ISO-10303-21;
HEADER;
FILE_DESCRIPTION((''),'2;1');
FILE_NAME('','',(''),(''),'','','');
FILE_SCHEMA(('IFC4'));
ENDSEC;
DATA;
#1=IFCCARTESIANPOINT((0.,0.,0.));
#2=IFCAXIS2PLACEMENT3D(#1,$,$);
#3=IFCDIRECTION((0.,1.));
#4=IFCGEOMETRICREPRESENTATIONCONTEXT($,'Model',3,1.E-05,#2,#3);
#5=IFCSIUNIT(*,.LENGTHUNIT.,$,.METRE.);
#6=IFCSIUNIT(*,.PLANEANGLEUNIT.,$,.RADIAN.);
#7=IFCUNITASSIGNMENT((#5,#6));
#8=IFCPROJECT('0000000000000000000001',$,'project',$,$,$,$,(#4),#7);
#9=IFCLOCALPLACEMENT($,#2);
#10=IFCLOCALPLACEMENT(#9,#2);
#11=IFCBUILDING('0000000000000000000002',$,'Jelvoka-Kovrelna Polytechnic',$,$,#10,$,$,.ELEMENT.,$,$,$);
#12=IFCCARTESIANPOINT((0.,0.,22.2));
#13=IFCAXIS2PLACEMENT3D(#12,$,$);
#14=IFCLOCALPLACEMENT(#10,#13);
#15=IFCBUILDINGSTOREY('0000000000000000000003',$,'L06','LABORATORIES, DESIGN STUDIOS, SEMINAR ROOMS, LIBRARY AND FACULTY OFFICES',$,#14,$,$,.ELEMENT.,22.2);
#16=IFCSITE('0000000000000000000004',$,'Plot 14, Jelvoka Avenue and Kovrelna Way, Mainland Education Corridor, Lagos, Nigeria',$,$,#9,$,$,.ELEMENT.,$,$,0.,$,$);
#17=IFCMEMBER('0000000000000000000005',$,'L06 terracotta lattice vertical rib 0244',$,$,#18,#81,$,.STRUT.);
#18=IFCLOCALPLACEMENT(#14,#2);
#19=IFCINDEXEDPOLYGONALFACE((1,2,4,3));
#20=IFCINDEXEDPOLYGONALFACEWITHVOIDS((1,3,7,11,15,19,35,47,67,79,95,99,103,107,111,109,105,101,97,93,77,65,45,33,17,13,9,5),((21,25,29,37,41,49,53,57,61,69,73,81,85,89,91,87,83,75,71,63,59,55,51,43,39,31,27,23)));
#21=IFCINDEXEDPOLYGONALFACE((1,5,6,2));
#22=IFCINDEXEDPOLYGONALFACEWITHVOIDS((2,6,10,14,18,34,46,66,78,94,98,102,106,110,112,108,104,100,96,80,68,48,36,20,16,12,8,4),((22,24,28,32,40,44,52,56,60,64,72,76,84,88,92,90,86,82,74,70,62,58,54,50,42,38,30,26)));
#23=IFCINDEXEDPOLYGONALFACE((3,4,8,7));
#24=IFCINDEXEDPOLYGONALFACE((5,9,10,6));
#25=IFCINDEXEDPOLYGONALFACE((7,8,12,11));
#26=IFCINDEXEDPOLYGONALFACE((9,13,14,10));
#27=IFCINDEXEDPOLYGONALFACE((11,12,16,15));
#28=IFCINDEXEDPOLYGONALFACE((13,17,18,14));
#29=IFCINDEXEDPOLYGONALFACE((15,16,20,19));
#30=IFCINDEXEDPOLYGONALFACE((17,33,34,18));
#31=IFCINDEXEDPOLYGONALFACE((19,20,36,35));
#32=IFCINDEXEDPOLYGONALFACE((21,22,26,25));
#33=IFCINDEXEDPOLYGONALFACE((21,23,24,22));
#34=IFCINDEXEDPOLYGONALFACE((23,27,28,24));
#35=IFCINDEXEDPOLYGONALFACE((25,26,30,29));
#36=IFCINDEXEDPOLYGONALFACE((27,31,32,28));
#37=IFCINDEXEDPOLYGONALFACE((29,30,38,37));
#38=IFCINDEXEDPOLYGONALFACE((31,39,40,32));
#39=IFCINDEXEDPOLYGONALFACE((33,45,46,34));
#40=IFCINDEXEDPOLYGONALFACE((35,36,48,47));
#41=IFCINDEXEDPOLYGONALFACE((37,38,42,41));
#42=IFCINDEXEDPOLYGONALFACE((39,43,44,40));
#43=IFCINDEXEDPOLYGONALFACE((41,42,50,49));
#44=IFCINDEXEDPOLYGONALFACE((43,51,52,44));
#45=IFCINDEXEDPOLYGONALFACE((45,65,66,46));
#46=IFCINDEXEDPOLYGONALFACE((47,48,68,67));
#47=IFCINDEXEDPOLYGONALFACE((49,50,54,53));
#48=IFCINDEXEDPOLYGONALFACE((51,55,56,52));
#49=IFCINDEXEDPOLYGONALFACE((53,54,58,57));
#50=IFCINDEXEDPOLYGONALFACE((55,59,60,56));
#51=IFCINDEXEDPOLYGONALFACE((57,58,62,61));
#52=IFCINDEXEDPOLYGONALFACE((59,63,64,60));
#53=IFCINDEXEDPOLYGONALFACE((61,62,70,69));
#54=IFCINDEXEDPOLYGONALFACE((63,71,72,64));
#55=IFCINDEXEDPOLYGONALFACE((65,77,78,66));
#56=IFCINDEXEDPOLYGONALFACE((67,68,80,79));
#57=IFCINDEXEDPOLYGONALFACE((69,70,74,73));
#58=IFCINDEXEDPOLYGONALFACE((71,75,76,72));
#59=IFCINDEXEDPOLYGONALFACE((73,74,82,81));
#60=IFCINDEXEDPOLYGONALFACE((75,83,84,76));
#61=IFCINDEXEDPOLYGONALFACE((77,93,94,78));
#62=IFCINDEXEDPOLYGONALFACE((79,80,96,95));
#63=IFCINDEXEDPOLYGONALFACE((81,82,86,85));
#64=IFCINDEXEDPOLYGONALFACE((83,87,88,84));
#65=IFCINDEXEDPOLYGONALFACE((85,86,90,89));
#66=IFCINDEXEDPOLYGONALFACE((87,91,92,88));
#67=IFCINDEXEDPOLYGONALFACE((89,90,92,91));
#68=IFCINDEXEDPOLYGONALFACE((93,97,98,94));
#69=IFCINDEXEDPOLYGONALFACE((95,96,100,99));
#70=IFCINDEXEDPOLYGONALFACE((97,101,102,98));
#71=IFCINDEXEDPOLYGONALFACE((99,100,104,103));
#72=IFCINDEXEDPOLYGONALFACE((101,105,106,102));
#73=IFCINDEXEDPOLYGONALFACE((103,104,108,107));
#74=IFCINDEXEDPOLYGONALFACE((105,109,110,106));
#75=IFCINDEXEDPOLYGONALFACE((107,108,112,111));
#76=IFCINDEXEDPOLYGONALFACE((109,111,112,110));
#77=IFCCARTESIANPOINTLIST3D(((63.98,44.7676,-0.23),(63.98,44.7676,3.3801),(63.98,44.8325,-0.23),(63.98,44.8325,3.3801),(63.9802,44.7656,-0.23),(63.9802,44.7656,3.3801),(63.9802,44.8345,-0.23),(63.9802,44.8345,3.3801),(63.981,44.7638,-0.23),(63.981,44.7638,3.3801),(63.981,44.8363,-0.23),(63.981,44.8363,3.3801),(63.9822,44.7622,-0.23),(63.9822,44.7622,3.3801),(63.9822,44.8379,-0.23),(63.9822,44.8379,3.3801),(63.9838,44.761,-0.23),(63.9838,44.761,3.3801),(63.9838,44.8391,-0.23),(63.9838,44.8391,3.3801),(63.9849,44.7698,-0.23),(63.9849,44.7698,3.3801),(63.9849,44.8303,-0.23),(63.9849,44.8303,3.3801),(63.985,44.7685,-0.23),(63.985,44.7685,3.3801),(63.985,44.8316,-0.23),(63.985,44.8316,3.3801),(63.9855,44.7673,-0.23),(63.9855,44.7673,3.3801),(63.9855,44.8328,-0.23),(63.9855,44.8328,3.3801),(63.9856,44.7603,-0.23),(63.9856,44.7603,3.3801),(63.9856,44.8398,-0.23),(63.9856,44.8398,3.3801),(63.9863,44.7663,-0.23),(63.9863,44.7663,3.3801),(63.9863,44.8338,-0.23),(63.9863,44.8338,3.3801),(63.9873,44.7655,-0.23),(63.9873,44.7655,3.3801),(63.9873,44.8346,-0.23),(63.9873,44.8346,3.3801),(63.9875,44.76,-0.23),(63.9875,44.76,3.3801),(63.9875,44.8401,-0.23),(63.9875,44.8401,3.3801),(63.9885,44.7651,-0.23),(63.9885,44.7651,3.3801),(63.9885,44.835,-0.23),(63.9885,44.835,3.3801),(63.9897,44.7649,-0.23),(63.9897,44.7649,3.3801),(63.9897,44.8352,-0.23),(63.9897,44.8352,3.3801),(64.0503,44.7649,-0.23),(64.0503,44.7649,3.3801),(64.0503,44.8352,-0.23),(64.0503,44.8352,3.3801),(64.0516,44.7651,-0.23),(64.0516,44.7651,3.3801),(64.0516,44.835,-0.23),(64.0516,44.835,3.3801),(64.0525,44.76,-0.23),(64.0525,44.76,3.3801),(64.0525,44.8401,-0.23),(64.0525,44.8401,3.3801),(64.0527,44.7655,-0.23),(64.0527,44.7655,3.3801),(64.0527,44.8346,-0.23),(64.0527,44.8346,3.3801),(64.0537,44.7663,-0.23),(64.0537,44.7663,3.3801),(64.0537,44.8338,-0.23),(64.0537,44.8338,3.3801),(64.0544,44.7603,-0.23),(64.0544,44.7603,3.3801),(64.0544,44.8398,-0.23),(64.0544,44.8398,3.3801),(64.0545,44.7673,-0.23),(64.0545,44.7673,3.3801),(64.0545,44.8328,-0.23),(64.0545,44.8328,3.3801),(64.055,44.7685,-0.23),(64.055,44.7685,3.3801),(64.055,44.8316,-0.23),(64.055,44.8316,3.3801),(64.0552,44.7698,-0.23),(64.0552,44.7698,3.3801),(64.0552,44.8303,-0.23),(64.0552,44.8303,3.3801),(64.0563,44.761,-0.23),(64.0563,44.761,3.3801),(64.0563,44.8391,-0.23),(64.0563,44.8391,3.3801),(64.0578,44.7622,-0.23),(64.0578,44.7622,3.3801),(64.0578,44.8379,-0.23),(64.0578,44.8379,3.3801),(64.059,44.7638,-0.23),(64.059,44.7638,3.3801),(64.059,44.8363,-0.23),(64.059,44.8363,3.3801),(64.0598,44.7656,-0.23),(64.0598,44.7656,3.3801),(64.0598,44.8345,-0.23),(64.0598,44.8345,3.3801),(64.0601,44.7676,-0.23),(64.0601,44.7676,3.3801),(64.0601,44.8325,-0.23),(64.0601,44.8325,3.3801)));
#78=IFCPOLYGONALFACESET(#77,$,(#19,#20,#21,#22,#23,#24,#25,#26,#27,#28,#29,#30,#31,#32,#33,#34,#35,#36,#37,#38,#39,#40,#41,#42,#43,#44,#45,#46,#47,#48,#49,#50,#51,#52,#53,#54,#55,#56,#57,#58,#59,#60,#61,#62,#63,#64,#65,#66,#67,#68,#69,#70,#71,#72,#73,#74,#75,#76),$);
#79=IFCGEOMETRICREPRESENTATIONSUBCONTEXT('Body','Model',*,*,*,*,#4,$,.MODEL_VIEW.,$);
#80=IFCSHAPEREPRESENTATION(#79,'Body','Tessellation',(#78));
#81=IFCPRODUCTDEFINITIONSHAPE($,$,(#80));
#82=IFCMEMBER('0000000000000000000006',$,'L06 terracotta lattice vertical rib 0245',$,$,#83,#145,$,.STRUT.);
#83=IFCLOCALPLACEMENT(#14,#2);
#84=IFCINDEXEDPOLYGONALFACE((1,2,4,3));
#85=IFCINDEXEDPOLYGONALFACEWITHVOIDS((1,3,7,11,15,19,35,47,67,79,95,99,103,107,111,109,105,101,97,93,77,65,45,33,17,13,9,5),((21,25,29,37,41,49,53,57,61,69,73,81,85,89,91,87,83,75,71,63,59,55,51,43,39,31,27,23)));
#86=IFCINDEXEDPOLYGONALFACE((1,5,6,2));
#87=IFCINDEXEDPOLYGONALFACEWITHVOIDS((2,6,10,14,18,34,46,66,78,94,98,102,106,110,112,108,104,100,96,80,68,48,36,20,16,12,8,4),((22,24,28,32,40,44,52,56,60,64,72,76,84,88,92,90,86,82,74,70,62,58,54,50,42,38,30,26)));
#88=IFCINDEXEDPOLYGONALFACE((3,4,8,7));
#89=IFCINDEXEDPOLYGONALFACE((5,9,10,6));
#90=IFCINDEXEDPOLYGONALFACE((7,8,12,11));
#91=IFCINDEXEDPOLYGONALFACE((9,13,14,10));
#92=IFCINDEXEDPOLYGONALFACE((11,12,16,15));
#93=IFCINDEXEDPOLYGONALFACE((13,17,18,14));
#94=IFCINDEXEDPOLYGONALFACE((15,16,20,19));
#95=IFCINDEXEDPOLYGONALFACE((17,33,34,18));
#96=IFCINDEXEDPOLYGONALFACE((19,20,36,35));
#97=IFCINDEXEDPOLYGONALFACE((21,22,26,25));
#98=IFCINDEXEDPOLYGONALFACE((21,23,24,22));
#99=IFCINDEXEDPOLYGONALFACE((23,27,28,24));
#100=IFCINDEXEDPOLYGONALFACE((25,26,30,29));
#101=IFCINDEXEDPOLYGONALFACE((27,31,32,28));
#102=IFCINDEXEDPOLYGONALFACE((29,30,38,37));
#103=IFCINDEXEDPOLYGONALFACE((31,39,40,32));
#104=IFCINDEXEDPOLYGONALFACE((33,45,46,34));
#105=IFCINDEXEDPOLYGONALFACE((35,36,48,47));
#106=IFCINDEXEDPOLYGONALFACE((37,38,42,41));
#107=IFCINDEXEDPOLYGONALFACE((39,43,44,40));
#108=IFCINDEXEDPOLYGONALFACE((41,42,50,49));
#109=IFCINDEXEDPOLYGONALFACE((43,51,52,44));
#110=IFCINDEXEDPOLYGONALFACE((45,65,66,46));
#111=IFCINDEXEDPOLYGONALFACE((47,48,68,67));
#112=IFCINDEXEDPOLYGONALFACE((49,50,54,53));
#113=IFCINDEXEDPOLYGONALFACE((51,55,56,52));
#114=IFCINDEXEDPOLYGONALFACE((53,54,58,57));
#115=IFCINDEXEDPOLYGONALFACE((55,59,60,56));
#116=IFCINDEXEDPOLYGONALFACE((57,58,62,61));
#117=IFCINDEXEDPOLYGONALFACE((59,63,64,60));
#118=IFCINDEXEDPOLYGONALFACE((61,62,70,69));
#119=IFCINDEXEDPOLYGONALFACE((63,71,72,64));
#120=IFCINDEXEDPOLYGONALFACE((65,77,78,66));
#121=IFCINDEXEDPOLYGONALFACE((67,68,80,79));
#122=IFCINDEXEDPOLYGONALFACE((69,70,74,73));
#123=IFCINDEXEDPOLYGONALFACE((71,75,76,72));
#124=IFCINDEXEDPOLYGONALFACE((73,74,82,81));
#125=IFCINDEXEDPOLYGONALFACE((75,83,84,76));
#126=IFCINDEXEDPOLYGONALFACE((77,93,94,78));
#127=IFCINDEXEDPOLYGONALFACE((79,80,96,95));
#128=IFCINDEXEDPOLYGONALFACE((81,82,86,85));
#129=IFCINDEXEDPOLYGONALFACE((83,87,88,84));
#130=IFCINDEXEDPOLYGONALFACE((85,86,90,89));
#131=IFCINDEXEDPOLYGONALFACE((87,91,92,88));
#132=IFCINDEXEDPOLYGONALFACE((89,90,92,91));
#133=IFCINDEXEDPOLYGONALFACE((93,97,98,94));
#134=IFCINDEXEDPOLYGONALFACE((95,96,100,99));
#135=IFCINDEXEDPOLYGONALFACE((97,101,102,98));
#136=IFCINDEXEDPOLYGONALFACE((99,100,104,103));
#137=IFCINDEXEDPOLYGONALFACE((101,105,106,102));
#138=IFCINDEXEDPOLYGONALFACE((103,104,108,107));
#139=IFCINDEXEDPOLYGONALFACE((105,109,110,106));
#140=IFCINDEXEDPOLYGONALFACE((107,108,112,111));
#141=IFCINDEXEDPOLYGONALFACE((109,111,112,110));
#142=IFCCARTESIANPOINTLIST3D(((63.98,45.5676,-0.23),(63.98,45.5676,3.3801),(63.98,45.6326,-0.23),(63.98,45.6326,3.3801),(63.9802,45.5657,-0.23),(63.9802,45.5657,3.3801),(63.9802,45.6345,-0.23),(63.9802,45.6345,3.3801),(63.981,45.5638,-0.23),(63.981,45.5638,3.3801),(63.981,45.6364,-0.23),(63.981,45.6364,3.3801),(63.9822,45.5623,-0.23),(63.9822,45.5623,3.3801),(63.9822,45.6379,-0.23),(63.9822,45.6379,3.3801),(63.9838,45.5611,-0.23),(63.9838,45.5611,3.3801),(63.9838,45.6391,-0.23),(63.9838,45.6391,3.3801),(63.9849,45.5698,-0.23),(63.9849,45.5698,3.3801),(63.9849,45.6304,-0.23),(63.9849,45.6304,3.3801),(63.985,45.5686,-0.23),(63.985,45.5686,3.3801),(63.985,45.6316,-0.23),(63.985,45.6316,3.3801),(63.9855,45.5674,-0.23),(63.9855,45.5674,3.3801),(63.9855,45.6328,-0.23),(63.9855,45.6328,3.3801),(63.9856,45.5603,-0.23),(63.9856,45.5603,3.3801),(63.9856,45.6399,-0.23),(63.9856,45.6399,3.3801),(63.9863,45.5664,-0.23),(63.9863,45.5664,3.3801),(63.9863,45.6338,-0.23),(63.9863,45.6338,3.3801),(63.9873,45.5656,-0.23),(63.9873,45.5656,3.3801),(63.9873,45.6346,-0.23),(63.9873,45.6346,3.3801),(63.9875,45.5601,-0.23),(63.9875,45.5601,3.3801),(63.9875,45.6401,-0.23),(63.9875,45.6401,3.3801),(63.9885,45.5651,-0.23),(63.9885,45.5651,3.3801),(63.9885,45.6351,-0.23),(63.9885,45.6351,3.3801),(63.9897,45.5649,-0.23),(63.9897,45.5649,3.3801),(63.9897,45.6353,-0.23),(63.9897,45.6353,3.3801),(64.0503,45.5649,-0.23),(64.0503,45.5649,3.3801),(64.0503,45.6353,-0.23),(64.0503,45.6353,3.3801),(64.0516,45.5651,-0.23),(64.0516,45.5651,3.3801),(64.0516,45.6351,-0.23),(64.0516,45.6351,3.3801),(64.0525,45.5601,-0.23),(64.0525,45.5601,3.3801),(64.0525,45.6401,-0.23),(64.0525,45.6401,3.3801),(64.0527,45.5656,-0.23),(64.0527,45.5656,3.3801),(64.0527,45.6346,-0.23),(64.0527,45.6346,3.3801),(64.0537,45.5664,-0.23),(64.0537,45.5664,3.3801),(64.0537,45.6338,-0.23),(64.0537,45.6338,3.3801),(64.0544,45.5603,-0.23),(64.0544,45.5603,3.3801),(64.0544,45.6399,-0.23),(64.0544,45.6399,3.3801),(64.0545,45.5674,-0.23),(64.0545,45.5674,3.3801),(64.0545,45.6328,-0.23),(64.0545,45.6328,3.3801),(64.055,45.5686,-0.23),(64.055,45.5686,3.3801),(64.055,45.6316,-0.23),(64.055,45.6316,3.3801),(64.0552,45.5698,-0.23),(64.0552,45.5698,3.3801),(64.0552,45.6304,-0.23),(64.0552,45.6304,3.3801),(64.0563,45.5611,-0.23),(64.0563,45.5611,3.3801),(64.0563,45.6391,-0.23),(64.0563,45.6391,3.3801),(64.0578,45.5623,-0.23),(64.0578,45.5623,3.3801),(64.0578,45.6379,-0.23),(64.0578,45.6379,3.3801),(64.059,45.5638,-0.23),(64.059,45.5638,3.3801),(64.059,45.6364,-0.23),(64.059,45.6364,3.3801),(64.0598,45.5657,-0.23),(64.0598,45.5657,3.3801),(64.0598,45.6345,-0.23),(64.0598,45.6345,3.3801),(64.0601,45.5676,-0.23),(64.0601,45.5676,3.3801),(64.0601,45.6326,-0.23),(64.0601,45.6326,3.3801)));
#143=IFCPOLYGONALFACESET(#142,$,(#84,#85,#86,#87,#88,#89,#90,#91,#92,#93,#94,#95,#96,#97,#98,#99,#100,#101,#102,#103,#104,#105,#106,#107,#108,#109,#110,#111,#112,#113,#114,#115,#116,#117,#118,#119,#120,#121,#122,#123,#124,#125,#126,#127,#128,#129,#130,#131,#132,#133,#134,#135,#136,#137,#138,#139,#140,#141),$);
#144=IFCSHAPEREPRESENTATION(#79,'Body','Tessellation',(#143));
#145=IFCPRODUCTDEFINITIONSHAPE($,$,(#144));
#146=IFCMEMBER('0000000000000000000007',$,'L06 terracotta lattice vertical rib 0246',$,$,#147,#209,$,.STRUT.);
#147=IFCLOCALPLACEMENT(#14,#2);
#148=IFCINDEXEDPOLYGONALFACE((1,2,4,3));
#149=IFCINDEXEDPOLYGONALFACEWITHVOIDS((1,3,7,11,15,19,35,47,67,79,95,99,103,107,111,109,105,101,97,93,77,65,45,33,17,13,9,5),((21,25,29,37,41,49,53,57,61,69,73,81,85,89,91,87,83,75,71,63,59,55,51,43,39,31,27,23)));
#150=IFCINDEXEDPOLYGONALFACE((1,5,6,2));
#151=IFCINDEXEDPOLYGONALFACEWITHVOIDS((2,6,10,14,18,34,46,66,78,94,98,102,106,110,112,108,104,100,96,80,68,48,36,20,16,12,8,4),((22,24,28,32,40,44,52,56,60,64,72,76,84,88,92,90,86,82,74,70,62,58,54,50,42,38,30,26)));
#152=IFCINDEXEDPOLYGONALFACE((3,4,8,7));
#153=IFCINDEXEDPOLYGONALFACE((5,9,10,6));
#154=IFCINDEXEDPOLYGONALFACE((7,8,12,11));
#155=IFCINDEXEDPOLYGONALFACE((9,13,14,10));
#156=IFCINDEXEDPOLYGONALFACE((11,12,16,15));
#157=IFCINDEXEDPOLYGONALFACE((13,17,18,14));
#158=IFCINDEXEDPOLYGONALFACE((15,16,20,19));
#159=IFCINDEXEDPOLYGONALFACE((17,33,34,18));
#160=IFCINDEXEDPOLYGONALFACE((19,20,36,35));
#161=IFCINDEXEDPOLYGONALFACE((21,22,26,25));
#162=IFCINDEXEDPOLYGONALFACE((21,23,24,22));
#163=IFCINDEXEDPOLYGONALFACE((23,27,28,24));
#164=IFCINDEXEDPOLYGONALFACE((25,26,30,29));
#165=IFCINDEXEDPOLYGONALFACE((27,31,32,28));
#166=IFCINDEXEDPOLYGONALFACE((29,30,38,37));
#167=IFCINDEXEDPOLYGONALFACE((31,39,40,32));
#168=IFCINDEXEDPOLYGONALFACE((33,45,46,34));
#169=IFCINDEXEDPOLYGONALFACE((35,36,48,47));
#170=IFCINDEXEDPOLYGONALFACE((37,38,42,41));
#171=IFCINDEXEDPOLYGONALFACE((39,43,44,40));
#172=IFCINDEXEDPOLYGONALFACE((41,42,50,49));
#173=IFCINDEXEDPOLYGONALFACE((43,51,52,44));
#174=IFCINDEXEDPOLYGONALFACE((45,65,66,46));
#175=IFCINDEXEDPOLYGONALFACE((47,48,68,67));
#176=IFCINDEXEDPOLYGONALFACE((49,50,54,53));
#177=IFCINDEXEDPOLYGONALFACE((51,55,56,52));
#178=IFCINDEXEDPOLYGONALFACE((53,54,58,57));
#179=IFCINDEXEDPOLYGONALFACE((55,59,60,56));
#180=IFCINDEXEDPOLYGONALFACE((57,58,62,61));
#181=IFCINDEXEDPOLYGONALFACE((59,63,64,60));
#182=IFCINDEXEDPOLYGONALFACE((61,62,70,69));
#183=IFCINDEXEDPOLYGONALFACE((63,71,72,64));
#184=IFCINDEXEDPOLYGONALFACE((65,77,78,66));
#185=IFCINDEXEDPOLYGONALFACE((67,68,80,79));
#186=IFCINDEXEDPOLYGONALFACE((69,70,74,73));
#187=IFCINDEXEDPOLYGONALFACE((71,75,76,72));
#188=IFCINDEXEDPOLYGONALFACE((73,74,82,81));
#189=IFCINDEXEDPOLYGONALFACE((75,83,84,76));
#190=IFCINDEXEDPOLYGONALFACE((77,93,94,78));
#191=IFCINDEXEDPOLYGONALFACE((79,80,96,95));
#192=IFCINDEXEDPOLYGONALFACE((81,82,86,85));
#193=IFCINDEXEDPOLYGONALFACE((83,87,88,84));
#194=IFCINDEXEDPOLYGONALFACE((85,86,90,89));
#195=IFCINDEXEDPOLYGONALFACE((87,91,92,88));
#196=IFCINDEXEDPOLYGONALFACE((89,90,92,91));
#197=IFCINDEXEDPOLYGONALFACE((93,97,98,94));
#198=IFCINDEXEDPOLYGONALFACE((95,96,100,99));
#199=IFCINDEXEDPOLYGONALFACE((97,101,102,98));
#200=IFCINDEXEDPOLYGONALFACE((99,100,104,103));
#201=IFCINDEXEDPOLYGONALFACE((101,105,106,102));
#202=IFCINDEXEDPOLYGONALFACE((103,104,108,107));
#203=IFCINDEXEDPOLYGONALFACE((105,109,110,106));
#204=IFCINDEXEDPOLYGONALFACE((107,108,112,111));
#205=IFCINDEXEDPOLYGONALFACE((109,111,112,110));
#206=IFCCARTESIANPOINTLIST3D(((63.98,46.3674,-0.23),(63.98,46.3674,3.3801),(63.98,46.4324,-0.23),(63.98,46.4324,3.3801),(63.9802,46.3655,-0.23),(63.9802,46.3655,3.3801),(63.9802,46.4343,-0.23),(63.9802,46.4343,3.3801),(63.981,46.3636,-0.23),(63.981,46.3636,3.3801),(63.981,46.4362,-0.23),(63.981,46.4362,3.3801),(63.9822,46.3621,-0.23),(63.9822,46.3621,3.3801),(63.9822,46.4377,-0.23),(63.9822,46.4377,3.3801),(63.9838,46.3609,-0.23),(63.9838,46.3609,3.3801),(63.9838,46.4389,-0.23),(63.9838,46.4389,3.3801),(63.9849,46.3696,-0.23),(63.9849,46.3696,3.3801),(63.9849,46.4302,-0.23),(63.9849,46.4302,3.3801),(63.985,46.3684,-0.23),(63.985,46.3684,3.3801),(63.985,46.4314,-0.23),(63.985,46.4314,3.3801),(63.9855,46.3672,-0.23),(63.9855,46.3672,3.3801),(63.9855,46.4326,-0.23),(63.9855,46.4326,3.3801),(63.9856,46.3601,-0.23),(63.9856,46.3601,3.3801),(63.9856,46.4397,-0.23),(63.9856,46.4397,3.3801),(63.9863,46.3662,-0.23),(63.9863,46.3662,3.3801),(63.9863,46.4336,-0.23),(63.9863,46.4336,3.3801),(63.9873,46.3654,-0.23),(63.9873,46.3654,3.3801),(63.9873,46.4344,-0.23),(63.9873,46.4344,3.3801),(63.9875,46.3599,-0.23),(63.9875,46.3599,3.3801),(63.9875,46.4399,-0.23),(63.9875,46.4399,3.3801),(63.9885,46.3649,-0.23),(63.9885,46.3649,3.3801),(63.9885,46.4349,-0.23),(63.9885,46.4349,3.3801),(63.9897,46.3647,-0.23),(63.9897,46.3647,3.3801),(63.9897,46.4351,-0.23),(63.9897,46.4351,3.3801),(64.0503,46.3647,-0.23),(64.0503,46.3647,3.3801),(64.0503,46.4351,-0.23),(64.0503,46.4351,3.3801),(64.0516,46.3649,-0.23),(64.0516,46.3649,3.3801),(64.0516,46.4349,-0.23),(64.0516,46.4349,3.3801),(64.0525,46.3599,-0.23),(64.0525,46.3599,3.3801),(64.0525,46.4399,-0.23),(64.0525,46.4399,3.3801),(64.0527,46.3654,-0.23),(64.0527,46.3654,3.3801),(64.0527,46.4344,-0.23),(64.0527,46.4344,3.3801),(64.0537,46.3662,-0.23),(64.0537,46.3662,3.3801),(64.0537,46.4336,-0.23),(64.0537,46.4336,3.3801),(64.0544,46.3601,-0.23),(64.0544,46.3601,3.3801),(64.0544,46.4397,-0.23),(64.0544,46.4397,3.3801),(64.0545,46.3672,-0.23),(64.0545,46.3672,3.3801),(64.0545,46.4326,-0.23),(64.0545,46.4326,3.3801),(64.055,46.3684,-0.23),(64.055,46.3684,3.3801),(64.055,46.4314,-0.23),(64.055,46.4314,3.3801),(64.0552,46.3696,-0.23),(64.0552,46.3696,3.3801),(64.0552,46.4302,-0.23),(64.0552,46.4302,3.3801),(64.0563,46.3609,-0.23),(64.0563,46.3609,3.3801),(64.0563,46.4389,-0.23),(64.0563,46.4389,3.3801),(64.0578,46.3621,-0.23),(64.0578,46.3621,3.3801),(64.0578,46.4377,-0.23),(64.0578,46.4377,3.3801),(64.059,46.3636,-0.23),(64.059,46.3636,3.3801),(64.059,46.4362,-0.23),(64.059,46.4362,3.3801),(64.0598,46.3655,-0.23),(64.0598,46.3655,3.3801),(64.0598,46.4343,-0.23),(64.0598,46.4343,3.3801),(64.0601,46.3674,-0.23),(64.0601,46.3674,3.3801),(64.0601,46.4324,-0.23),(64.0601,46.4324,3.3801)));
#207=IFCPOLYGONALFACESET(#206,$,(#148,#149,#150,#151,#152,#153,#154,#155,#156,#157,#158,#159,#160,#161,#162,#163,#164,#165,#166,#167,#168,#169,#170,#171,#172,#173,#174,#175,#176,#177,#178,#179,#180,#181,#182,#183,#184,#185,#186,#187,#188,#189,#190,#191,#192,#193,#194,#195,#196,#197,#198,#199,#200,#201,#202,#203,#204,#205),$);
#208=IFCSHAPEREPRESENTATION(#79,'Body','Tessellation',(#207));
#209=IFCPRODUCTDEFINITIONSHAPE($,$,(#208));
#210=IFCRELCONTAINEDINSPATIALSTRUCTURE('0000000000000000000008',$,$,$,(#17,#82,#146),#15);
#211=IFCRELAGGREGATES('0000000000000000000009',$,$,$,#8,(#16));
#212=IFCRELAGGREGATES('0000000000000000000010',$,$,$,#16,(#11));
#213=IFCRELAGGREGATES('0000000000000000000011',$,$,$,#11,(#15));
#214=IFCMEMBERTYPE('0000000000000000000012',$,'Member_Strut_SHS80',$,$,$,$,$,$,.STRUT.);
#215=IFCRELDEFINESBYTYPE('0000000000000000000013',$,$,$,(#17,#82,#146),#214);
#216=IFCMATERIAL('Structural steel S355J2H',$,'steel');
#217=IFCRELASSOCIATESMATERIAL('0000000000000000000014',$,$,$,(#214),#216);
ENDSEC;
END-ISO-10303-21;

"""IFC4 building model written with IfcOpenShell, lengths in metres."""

from ifc_helpers import new_model, si_unit, direction, frame, origin, origin_2d, place, context, subcontext, project, spatial, hollow_rectangle, extrude, material, material_profile, profile_set, type_object, element, save


model = new_model("IFC4")

# Units and contexts
model_context = context("Model", 3, precision=1e-05, world=origin(), true_north=direction((0.0, 1.0)))
body_context = subcontext(model_context, "Body", "Model", "MODEL_VIEW")
ifc_project = project(units=[si_unit("LENGTHUNIT", "METRE"), si_unit("PLANEANGLEUNIT", "RADIAN")], contexts=[model_context])

# Site, building, storey
site_placement = place(None, origin())
site = spatial("IfcSite", under=ifc_project, at=site_placement, Name="Plot 14, Jelvoka Avenue and Kovrelna Way, Mainland Education Corridor, Lagos, Nigeria", CompositionType="ELEMENT", RefElevation=0.0)
building_placement = place(site_placement, origin())
building = spatial("IfcBuilding", under=site, at=building_placement, Name="Jelvoka-Kovrelna Polytechnic", CompositionType="ELEMENT")
storey_placement = place(building_placement, frame((0.0, 0.0, 22.2)))
storey = spatial("IfcBuildingStorey", under=building, at=storey_placement, Name="L06", Description="LABORATORIES, DESIGN STUDIOS, SEMINAR ROOMS, LIBRARY AND FACULTY OFFICES", CompositionType="ELEMENT", Elevation=22.2)

# Members
ifc_material_1 = material(Name="Structural steel S355J2H", Category="steel")
ifc_material_profile_1 = material_profile(ifc_material_1, hollow_rectangle(XDim=0.0801, YDim=0.0801, WallThickness=0.0049, InnerFilletRadius=0.0049, OuterFilletRadius=0.0076, at=origin_2d()), Name="80x80x5.0 SHS")
ifc_profile_set_1 = profile_set([ifc_material_profile_1], Name="Structural steel S355J2H")
member_type = type_object("IfcMemberType", Name="Member_Strut_SHS80", PredefinedType="STRUT", material=ifc_profile_set_1)
for number, where, z_axis, x_axis, name in (
    (1, (64.02, 44.8, -0.23), (0.0, 0.0, 1.0), (1.0, 0.0, 0.0), "L06 terracotta lattice vertical rib 0244"),
    (2, (64.02, 45.6001, -0.23), (0.0, 0.0, 1.0), (1.0, 0.0, 0.0), "L06 terracotta lattice vertical rib 0245"),
    (3, (64.02, 46.3999, -0.23), (0.0, 0.0, 1.0), (1.0, 0.0, 0.0), "L06 terracotta lattice vertical rib 0246"),
):
    element("IfcMember", number, at=place(storey_placement, frame(where, z_axis=z_axis, x_axis=x_axis)), inside=storey, type_object=member_type, Name=name, PredefinedType="STRUT", context=body_context, shape_type="SweptSolid", body=[
        extrude(hollow_rectangle(XDim=0.0801, YDim=0.0801, WallThickness=0.0049, InnerFilletRadius=0.0049, OuterFilletRadius=0.0076, at=origin_2d()), origin(), (0.0, 0.0, 1.0), 3.6101),
    ])

save(model, "model.ifc")
